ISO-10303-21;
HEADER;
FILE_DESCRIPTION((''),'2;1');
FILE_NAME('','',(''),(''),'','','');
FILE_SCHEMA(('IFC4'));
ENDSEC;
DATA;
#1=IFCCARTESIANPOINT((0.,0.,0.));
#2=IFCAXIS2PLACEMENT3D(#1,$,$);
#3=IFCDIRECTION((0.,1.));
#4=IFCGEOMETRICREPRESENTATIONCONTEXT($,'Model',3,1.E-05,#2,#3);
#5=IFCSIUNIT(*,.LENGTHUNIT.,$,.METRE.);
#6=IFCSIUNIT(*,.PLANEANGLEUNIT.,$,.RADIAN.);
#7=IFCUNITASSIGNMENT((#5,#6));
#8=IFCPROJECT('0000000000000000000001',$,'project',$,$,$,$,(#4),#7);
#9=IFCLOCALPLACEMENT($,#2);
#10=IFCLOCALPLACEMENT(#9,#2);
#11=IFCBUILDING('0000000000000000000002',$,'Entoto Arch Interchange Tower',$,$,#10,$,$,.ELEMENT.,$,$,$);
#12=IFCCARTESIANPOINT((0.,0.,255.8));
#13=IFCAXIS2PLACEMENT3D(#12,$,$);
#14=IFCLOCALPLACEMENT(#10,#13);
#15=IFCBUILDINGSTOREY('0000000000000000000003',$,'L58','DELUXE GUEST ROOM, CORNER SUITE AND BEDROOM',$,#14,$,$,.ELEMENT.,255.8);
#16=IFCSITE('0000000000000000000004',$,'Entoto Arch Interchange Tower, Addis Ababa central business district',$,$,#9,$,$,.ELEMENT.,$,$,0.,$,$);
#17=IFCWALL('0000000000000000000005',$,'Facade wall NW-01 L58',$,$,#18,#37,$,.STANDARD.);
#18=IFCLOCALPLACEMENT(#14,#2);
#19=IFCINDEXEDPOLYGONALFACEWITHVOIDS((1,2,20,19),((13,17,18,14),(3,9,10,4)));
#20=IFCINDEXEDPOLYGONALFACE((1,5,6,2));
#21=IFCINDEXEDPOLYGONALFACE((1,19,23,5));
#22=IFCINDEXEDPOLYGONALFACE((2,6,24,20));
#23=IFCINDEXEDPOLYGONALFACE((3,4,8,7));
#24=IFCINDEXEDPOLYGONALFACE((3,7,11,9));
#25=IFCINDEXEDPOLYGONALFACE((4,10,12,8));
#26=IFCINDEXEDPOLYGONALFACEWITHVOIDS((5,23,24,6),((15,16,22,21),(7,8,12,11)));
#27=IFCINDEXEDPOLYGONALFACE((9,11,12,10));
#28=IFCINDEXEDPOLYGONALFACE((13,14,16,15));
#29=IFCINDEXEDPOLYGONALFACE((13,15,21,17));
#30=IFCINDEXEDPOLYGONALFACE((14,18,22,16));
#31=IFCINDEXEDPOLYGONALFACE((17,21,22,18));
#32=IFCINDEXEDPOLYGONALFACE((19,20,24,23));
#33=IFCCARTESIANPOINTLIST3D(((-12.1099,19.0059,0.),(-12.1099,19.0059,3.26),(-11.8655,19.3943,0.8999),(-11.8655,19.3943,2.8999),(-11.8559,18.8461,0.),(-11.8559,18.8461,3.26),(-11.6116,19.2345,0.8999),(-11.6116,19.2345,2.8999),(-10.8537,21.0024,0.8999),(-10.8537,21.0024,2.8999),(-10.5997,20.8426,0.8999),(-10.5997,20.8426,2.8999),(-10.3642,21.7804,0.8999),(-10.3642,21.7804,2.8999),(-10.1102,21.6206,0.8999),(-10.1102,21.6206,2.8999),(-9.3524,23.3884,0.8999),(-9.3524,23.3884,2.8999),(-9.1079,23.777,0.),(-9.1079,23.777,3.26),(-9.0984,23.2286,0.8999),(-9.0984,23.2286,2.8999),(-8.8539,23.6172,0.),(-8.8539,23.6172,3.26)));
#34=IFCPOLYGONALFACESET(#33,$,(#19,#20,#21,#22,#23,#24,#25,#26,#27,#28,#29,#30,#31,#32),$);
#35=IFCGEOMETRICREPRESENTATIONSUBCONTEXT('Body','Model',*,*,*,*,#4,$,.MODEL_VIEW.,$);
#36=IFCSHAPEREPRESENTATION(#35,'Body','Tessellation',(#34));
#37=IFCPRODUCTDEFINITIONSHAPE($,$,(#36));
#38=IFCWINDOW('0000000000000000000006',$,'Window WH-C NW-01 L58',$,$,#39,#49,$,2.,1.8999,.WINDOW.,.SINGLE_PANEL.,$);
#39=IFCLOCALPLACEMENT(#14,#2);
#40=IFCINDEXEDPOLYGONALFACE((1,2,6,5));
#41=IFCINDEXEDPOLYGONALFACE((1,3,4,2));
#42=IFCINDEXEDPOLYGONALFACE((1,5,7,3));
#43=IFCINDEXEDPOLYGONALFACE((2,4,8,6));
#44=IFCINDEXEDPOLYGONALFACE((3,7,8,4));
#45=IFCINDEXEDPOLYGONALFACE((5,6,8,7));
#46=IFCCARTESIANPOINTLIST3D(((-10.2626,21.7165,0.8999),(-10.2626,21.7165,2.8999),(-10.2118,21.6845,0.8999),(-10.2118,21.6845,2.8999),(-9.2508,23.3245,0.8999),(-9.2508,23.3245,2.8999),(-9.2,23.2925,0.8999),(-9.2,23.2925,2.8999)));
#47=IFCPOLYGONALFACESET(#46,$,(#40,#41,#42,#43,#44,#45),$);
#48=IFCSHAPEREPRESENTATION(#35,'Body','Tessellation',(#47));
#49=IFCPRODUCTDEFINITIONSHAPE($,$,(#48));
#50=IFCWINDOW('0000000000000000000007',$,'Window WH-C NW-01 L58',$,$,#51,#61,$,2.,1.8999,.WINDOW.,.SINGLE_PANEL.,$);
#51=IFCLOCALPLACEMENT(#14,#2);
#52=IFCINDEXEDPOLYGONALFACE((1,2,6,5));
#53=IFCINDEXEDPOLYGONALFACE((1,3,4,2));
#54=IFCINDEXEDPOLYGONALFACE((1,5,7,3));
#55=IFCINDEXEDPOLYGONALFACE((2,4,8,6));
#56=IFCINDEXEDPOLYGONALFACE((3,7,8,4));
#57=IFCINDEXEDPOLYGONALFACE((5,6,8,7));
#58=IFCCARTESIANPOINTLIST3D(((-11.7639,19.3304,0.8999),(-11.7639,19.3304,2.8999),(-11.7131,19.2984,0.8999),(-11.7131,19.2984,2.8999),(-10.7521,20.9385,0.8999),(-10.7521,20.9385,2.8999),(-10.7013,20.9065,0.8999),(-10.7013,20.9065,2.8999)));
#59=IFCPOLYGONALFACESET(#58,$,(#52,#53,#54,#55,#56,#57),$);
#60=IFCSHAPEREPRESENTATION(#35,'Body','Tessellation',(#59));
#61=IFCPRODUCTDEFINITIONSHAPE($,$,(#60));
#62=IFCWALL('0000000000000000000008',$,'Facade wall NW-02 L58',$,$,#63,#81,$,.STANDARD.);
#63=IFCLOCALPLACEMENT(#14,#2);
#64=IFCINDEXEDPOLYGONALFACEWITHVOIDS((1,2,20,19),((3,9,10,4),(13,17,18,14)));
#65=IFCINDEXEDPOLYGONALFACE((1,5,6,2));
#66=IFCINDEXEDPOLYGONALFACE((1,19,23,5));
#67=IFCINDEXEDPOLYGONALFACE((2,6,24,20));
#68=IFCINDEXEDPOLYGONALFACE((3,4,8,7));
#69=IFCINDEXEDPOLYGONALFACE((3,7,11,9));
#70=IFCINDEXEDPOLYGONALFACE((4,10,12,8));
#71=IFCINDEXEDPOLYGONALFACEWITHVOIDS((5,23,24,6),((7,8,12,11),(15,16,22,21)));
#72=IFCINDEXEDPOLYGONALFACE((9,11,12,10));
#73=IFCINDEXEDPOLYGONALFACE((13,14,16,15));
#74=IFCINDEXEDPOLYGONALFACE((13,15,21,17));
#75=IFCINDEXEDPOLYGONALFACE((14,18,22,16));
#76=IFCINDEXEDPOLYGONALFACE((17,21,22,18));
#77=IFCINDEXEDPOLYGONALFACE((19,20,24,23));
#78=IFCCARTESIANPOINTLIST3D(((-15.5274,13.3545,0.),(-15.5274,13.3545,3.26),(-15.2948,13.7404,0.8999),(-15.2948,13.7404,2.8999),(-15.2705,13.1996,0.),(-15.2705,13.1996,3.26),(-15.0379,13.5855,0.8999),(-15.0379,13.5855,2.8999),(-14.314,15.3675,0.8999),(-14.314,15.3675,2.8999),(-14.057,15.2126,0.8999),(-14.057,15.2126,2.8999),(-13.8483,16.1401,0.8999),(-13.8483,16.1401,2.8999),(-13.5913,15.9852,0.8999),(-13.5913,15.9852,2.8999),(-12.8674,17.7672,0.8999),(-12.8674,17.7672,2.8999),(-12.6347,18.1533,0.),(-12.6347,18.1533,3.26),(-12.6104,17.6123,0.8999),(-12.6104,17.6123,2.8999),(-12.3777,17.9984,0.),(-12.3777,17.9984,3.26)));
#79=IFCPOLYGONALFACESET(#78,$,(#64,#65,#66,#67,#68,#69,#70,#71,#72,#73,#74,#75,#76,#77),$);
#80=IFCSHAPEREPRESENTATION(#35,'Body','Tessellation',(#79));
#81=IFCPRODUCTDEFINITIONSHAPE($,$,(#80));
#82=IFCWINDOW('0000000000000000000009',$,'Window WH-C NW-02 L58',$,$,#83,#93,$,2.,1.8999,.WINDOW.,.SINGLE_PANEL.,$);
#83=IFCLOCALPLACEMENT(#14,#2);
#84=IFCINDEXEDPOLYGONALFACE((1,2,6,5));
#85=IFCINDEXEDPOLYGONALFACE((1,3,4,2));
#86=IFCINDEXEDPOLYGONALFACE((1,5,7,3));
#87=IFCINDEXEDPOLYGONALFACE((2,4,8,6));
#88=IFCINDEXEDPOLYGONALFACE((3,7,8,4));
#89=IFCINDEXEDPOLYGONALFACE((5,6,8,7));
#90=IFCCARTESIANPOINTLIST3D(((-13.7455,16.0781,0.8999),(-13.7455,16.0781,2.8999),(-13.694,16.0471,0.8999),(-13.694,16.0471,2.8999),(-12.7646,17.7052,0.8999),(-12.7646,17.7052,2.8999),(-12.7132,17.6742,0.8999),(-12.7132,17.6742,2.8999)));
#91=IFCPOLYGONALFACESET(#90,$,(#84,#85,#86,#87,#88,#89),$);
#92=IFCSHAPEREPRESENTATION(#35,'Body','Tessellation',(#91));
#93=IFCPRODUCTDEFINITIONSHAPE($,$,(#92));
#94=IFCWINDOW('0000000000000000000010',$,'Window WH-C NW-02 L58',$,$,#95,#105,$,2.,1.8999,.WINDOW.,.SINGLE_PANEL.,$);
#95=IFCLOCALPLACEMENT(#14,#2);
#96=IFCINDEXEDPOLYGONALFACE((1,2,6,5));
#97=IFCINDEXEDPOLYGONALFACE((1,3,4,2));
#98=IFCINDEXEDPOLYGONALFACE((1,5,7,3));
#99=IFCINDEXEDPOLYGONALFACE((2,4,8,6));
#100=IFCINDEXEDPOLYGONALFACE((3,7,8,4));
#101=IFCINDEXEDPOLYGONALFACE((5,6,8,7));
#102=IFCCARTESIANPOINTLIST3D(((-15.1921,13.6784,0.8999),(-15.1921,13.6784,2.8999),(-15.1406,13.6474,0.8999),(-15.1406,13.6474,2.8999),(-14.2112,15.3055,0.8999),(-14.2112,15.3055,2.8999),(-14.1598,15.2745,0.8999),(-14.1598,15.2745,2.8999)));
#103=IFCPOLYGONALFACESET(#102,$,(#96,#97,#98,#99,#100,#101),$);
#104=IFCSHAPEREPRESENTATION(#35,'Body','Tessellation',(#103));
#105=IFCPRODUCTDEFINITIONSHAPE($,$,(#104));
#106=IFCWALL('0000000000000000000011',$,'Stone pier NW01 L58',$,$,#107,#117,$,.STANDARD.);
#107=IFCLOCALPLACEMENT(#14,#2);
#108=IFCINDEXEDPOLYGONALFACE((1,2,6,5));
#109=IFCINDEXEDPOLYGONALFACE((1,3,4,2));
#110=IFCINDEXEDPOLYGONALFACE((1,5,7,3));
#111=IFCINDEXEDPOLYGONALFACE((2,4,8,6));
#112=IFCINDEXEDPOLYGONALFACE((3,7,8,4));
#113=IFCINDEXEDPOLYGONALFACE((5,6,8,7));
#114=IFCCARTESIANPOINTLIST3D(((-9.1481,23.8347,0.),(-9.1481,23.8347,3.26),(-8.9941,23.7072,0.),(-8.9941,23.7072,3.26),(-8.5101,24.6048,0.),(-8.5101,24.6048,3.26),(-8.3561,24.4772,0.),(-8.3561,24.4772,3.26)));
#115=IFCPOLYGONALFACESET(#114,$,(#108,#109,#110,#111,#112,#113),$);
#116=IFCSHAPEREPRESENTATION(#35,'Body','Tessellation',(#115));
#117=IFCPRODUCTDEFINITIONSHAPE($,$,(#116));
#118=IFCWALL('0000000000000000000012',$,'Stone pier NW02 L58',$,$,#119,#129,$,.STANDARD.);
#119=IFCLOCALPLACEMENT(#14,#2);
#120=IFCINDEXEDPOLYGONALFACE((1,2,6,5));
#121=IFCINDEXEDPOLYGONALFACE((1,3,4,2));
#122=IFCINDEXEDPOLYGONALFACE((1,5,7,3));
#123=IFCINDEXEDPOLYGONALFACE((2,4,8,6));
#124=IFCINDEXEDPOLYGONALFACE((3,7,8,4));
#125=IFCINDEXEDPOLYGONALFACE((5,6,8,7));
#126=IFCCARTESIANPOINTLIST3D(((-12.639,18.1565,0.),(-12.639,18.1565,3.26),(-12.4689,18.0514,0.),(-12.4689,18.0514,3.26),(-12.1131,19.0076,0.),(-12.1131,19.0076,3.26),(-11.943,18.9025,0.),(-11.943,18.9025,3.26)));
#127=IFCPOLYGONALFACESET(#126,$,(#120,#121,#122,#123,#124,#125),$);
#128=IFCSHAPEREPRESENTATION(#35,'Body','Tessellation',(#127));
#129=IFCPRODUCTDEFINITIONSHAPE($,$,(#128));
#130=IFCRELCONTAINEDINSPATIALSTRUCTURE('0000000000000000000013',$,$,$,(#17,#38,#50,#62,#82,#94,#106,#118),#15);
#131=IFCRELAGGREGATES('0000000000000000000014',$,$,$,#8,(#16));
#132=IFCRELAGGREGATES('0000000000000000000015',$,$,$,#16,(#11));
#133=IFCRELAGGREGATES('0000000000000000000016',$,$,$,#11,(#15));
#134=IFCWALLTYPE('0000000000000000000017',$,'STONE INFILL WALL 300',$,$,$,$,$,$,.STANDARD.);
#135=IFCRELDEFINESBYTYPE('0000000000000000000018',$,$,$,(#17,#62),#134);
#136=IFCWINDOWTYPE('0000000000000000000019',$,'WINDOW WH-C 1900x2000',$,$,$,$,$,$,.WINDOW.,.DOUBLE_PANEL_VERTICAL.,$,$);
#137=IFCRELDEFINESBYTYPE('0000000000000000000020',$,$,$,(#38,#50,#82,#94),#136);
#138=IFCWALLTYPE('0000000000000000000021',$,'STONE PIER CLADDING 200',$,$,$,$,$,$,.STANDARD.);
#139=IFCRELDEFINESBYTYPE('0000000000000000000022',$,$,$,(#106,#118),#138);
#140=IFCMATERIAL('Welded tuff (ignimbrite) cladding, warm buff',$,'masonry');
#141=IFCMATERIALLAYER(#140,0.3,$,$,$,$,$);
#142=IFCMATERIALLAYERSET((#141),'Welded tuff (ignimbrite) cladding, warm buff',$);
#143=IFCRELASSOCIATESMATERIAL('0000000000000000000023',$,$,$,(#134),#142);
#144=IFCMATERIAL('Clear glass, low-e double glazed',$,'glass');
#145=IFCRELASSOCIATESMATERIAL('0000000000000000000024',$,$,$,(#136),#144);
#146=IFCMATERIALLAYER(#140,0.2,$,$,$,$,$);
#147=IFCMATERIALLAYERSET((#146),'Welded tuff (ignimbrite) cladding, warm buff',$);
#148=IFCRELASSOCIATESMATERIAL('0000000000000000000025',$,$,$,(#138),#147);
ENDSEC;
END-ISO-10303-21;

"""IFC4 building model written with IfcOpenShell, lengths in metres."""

from ifc_helpers import new_model, si_unit, direction, frame, frame_2d, origin, place, context, subcontext, project, spatial, rectangle, extrude, material, layer, layer_set, type_object, element, fill, save


model = new_model("IFC4")

# Units and contexts
model_context = context("Model", 3, precision=1e-05, world=origin(), true_north=direction((0.0, 1.0)))
body_context = subcontext(model_context, "Body", "Model", "MODEL_VIEW")
ifc_project = project(units=[si_unit("LENGTHUNIT", "METRE"), si_unit("PLANEANGLEUNIT", "RADIAN")], contexts=[model_context])

# Site, building, storey
site_placement = place(None, origin())
site = spatial("IfcSite", under=ifc_project, at=site_placement, Name="Entoto Arch Interchange Tower, Addis Ababa central business district", CompositionType="ELEMENT", RefElevation=0.0)
building_placement = place(site_placement, origin())
building = spatial("IfcBuilding", under=site, at=building_placement, Name="Entoto Arch Interchange Tower", CompositionType="ELEMENT")
storey_placement = place(building_placement, frame((0.0, 0.0, 255.8)))
storey = spatial("IfcBuildingStorey", under=building, at=storey_placement, Name="L58", Description="DELUXE GUEST ROOM, CORNER SUITE AND BEDROOM", CompositionType="ELEMENT", Elevation=255.8)

# Shared definitions
ifc_material_1 = material(Name="Welded tuff (ignimbrite) cladding, warm buff", Category="masonry")
ifc_layer_1 = layer(ifc_material_1, 0.3)
ifc_layer_set_1 = layer_set([ifc_layer_1], Name="Welded tuff (ignimbrite) cladding, warm buff")
wall_type_1 = type_object("IfcWallType", Name="STONE INFILL WALL 300", PredefinedType="STANDARD", material=ifc_layer_set_1)
ifc_material_2 = material(Name="Clear glass, low-e double glazed", Category="glass")

# Walls, openings, windows
wall_1_placement = place(storey_placement, frame((-8.981, 23.697, 0.0), z_axis=(0.0, 0.0, 1.0), x_axis=(-0.532558, -0.846393, 0.0)))
wall_1 = element("IfcWall", 1, at=wall_1_placement, inside=storey, type_object=wall_type_1, Name="Facade wall NW-01 L58", PredefinedType="STANDARD", context=body_context, shape_type="SweptSolid", body=[
    extrude(rectangle(XDim=5.637, YDim=0.3, at=frame_2d((2.8184, 0.0))), origin(), (0.0, 0.0, 1.0), 3.26),
])
opening_1_placement = place(wall_1_placement, frame((0.459, 0.0, 0.8999)))
opening_1 = element("IfcOpeningElement", 2, at=opening_1_placement, cuts=wall_1, PredefinedType="OPENING", context=body_context, shape_type="SweptSolid", body=[
    extrude(rectangle(XDim=1.8999, YDim=2.0, at=frame_2d((0.95, 1.0))), frame((0.0, 0.1602, 0.0), z_axis=(0.0, -1.0, 0.0), x_axis=(1.0, 0.0, 0.0)), (0.0, 0.0, 1.0), 0.3201),
])
opening_2_placement = place(wall_1_placement, frame((3.2781, 0.0, 0.8999)))
opening_2 = element("IfcOpeningElement", 3, at=opening_2_placement, cuts=wall_1, PredefinedType="OPENING", context=body_context, shape_type="SweptSolid", body=[
    extrude(rectangle(XDim=1.8999, YDim=2.0, at=frame_2d((0.95, 1.0))), frame((0.0, 0.1602, 0.0), z_axis=(0.0, -1.0, 0.0), x_axis=(1.0, 0.0, 0.0)), (0.0, 0.0, 1.0), 0.3201),
])
window_type_1 = type_object("IfcWindowType", Name="WINDOW WH-C 1900x2000", PartitioningType="DOUBLE_PANEL_VERTICAL", PredefinedType="WINDOW", material=ifc_material_2)
window_1_placement = place(opening_1_placement, origin())
window_1 = element("IfcWindow", 4, at=window_1_placement, inside=storey, type_object=window_type_1, Name="Window WH-C NW-01 L58", OverallHeight=2.0, OverallWidth=1.8999, PartitioningType="SINGLE_PANEL", PredefinedType="WINDOW", context=body_context, shape_type="SweptSolid", body=[
    extrude(rectangle(XDim=1.8999, YDim=2.0, at=frame_2d((0.95, 1.0))), frame((0.0, 0.03, 0.0), z_axis=(0.0, -1.0, 0.0), x_axis=(1.0, 0.0, 0.0)), (0.0, 0.0, 1.0), 0.0601),
])
fill(opening_1, window_1)
window_2_placement = place(opening_2_placement, origin())
window_2 = element("IfcWindow", 5, at=window_2_placement, inside=storey, type_object=window_type_1, Name="Window WH-C NW-01 L58", OverallHeight=2.0, OverallWidth=1.8999, PartitioningType="SINGLE_PANEL", PredefinedType="WINDOW", context=body_context, shape_type="SweptSolid", body=[
    extrude(rectangle(XDim=1.8999, YDim=2.0, at=frame_2d((0.95, 1.0))), frame((0.0, 0.03, 0.0), z_axis=(0.0, -1.0, 0.0), x_axis=(1.0, 0.0, 0.0)), (0.0, 0.0, 1.0), 0.0601),
])
fill(opening_2, window_2)
wall_2_placement = place(storey_placement, frame((-12.5061, 18.0759, 0.0), z_axis=(0.0, 0.0, 1.0), x_axis=(-0.51627, -0.856426, 0.0)))
wall_2 = element("IfcWall", 6, at=wall_2_placement, inside=storey, type_object=wall_type_1, Name="Facade wall NW-02 L58", PredefinedType="STANDARD", context=body_context, shape_type="SweptSolid", body=[
    extrude(rectangle(XDim=5.6033, YDim=0.3, at=frame_2d((2.8018, 0.0))), origin(), (0.0, 0.0, 1.0), 3.26),
])
opening_3_placement = place(wall_2_placement, frame((0.4509, 0.0, 0.8999)))
opening_3 = element("IfcOpeningElement", 7, at=opening_3_placement, cuts=wall_2, PredefinedType="OPENING", context=body_context, shape_type="SweptSolid", body=[
    extrude(rectangle(XDim=1.8999, YDim=2.0, at=frame_2d((0.95, 1.0))), frame((0.0, 0.1602, 0.0), z_axis=(0.0, -1.0, 0.0), x_axis=(1.0, 0.0, 0.0)), (0.0, 0.0, 1.0), 0.3201),
])
opening_4_placement = place(wall_2_placement, frame((3.2529, 0.0, 0.8999)))
opening_4 = element("IfcOpeningElement", 8, at=opening_4_placement, cuts=wall_2, PredefinedType="OPENING", context=body_context, shape_type="SweptSolid", body=[
    extrude(rectangle(XDim=1.8999, YDim=2.0, at=frame_2d((0.95, 1.0))), frame((0.0, 0.1602, 0.0), z_axis=(0.0, -1.0, 0.0), x_axis=(1.0, 0.0, 0.0)), (0.0, 0.0, 1.0), 0.3201),
])
window_3_placement = place(opening_3_placement, origin())
window_3 = element("IfcWindow", 9, at=window_3_placement, inside=storey, type_object=window_type_1, Name="Window WH-C NW-02 L58", OverallHeight=2.0, OverallWidth=1.8999, PartitioningType="SINGLE_PANEL", PredefinedType="WINDOW", context=body_context, shape_type="SweptSolid", body=[
    extrude(rectangle(XDim=1.8999, YDim=2.0, at=frame_2d((0.95, 1.0))), frame((0.0, 0.03, 0.0), z_axis=(0.0, -1.0, 0.0), x_axis=(1.0, 0.0, 0.0)), (0.0, 0.0, 1.0), 0.0601),
])
fill(opening_3, window_3)
window_4_placement = place(opening_4_placement, origin())
window_4 = element("IfcWindow", 10, at=window_4_placement, inside=storey, type_object=window_type_1, Name="Window WH-C NW-02 L58", OverallHeight=2.0, OverallWidth=1.8999, PartitioningType="SINGLE_PANEL", PredefinedType="WINDOW", context=body_context, shape_type="SweptSolid", body=[
    extrude(rectangle(XDim=1.8999, YDim=2.0, at=frame_2d((0.95, 1.0))), frame((0.0, 0.03, 0.0), z_axis=(0.0, -1.0, 0.0), x_axis=(1.0, 0.0, 0.0)), (0.0, 0.0, 1.0), 0.0601),
])
fill(opening_4, window_4)

# Walls
ifc_layer_2 = layer(ifc_material_1, 0.2)
ifc_layer_set_2 = layer_set([ifc_layer_2], Name="Welded tuff (ignimbrite) cladding, warm buff")
wall_type_2 = type_object("IfcWallType", Name="STONE PIER CLADDING 200", PredefinedType="STANDARD", material=ifc_layer_set_2)
wall_3_placement = place(storey_placement, frame((-8.4331, 24.541, 0.0), z_axis=(0.0, 0.0, 1.0), x_axis=(-0.637972, -0.770059, 0.0)))
element("IfcWall", 11, at=wall_3_placement, inside=storey, type_object=wall_type_2, Name="Stone pier NW01 L58", PredefinedType="STANDARD", context=body_context, shape_type="SweptSolid", body=[
    extrude(rectangle(XDim=1.0, YDim=0.2, at=frame_2d((0.5, 0.0))), origin(), (0.0, 0.0, 1.0), 3.26),
])
wall_4_placement = place(storey_placement, frame((-12.0281, 18.9551, 0.0), z_axis=(0.0, 0.0, 1.0), x_axis=(-0.525649, -0.850702, 0.0)))
element("IfcWall", 12, at=wall_4_placement, inside=storey, type_object=wall_type_2, Name="Stone pier NW02 L58", PredefinedType="STANDARD", context=body_context, shape_type="SweptSolid", body=[
    extrude(rectangle(XDim=1.0005, YDim=0.2, at=frame_2d((0.5002, 0.0))), origin(), (0.0, 0.0, 1.0), 3.26),
])

save(model, "model.ifc")
